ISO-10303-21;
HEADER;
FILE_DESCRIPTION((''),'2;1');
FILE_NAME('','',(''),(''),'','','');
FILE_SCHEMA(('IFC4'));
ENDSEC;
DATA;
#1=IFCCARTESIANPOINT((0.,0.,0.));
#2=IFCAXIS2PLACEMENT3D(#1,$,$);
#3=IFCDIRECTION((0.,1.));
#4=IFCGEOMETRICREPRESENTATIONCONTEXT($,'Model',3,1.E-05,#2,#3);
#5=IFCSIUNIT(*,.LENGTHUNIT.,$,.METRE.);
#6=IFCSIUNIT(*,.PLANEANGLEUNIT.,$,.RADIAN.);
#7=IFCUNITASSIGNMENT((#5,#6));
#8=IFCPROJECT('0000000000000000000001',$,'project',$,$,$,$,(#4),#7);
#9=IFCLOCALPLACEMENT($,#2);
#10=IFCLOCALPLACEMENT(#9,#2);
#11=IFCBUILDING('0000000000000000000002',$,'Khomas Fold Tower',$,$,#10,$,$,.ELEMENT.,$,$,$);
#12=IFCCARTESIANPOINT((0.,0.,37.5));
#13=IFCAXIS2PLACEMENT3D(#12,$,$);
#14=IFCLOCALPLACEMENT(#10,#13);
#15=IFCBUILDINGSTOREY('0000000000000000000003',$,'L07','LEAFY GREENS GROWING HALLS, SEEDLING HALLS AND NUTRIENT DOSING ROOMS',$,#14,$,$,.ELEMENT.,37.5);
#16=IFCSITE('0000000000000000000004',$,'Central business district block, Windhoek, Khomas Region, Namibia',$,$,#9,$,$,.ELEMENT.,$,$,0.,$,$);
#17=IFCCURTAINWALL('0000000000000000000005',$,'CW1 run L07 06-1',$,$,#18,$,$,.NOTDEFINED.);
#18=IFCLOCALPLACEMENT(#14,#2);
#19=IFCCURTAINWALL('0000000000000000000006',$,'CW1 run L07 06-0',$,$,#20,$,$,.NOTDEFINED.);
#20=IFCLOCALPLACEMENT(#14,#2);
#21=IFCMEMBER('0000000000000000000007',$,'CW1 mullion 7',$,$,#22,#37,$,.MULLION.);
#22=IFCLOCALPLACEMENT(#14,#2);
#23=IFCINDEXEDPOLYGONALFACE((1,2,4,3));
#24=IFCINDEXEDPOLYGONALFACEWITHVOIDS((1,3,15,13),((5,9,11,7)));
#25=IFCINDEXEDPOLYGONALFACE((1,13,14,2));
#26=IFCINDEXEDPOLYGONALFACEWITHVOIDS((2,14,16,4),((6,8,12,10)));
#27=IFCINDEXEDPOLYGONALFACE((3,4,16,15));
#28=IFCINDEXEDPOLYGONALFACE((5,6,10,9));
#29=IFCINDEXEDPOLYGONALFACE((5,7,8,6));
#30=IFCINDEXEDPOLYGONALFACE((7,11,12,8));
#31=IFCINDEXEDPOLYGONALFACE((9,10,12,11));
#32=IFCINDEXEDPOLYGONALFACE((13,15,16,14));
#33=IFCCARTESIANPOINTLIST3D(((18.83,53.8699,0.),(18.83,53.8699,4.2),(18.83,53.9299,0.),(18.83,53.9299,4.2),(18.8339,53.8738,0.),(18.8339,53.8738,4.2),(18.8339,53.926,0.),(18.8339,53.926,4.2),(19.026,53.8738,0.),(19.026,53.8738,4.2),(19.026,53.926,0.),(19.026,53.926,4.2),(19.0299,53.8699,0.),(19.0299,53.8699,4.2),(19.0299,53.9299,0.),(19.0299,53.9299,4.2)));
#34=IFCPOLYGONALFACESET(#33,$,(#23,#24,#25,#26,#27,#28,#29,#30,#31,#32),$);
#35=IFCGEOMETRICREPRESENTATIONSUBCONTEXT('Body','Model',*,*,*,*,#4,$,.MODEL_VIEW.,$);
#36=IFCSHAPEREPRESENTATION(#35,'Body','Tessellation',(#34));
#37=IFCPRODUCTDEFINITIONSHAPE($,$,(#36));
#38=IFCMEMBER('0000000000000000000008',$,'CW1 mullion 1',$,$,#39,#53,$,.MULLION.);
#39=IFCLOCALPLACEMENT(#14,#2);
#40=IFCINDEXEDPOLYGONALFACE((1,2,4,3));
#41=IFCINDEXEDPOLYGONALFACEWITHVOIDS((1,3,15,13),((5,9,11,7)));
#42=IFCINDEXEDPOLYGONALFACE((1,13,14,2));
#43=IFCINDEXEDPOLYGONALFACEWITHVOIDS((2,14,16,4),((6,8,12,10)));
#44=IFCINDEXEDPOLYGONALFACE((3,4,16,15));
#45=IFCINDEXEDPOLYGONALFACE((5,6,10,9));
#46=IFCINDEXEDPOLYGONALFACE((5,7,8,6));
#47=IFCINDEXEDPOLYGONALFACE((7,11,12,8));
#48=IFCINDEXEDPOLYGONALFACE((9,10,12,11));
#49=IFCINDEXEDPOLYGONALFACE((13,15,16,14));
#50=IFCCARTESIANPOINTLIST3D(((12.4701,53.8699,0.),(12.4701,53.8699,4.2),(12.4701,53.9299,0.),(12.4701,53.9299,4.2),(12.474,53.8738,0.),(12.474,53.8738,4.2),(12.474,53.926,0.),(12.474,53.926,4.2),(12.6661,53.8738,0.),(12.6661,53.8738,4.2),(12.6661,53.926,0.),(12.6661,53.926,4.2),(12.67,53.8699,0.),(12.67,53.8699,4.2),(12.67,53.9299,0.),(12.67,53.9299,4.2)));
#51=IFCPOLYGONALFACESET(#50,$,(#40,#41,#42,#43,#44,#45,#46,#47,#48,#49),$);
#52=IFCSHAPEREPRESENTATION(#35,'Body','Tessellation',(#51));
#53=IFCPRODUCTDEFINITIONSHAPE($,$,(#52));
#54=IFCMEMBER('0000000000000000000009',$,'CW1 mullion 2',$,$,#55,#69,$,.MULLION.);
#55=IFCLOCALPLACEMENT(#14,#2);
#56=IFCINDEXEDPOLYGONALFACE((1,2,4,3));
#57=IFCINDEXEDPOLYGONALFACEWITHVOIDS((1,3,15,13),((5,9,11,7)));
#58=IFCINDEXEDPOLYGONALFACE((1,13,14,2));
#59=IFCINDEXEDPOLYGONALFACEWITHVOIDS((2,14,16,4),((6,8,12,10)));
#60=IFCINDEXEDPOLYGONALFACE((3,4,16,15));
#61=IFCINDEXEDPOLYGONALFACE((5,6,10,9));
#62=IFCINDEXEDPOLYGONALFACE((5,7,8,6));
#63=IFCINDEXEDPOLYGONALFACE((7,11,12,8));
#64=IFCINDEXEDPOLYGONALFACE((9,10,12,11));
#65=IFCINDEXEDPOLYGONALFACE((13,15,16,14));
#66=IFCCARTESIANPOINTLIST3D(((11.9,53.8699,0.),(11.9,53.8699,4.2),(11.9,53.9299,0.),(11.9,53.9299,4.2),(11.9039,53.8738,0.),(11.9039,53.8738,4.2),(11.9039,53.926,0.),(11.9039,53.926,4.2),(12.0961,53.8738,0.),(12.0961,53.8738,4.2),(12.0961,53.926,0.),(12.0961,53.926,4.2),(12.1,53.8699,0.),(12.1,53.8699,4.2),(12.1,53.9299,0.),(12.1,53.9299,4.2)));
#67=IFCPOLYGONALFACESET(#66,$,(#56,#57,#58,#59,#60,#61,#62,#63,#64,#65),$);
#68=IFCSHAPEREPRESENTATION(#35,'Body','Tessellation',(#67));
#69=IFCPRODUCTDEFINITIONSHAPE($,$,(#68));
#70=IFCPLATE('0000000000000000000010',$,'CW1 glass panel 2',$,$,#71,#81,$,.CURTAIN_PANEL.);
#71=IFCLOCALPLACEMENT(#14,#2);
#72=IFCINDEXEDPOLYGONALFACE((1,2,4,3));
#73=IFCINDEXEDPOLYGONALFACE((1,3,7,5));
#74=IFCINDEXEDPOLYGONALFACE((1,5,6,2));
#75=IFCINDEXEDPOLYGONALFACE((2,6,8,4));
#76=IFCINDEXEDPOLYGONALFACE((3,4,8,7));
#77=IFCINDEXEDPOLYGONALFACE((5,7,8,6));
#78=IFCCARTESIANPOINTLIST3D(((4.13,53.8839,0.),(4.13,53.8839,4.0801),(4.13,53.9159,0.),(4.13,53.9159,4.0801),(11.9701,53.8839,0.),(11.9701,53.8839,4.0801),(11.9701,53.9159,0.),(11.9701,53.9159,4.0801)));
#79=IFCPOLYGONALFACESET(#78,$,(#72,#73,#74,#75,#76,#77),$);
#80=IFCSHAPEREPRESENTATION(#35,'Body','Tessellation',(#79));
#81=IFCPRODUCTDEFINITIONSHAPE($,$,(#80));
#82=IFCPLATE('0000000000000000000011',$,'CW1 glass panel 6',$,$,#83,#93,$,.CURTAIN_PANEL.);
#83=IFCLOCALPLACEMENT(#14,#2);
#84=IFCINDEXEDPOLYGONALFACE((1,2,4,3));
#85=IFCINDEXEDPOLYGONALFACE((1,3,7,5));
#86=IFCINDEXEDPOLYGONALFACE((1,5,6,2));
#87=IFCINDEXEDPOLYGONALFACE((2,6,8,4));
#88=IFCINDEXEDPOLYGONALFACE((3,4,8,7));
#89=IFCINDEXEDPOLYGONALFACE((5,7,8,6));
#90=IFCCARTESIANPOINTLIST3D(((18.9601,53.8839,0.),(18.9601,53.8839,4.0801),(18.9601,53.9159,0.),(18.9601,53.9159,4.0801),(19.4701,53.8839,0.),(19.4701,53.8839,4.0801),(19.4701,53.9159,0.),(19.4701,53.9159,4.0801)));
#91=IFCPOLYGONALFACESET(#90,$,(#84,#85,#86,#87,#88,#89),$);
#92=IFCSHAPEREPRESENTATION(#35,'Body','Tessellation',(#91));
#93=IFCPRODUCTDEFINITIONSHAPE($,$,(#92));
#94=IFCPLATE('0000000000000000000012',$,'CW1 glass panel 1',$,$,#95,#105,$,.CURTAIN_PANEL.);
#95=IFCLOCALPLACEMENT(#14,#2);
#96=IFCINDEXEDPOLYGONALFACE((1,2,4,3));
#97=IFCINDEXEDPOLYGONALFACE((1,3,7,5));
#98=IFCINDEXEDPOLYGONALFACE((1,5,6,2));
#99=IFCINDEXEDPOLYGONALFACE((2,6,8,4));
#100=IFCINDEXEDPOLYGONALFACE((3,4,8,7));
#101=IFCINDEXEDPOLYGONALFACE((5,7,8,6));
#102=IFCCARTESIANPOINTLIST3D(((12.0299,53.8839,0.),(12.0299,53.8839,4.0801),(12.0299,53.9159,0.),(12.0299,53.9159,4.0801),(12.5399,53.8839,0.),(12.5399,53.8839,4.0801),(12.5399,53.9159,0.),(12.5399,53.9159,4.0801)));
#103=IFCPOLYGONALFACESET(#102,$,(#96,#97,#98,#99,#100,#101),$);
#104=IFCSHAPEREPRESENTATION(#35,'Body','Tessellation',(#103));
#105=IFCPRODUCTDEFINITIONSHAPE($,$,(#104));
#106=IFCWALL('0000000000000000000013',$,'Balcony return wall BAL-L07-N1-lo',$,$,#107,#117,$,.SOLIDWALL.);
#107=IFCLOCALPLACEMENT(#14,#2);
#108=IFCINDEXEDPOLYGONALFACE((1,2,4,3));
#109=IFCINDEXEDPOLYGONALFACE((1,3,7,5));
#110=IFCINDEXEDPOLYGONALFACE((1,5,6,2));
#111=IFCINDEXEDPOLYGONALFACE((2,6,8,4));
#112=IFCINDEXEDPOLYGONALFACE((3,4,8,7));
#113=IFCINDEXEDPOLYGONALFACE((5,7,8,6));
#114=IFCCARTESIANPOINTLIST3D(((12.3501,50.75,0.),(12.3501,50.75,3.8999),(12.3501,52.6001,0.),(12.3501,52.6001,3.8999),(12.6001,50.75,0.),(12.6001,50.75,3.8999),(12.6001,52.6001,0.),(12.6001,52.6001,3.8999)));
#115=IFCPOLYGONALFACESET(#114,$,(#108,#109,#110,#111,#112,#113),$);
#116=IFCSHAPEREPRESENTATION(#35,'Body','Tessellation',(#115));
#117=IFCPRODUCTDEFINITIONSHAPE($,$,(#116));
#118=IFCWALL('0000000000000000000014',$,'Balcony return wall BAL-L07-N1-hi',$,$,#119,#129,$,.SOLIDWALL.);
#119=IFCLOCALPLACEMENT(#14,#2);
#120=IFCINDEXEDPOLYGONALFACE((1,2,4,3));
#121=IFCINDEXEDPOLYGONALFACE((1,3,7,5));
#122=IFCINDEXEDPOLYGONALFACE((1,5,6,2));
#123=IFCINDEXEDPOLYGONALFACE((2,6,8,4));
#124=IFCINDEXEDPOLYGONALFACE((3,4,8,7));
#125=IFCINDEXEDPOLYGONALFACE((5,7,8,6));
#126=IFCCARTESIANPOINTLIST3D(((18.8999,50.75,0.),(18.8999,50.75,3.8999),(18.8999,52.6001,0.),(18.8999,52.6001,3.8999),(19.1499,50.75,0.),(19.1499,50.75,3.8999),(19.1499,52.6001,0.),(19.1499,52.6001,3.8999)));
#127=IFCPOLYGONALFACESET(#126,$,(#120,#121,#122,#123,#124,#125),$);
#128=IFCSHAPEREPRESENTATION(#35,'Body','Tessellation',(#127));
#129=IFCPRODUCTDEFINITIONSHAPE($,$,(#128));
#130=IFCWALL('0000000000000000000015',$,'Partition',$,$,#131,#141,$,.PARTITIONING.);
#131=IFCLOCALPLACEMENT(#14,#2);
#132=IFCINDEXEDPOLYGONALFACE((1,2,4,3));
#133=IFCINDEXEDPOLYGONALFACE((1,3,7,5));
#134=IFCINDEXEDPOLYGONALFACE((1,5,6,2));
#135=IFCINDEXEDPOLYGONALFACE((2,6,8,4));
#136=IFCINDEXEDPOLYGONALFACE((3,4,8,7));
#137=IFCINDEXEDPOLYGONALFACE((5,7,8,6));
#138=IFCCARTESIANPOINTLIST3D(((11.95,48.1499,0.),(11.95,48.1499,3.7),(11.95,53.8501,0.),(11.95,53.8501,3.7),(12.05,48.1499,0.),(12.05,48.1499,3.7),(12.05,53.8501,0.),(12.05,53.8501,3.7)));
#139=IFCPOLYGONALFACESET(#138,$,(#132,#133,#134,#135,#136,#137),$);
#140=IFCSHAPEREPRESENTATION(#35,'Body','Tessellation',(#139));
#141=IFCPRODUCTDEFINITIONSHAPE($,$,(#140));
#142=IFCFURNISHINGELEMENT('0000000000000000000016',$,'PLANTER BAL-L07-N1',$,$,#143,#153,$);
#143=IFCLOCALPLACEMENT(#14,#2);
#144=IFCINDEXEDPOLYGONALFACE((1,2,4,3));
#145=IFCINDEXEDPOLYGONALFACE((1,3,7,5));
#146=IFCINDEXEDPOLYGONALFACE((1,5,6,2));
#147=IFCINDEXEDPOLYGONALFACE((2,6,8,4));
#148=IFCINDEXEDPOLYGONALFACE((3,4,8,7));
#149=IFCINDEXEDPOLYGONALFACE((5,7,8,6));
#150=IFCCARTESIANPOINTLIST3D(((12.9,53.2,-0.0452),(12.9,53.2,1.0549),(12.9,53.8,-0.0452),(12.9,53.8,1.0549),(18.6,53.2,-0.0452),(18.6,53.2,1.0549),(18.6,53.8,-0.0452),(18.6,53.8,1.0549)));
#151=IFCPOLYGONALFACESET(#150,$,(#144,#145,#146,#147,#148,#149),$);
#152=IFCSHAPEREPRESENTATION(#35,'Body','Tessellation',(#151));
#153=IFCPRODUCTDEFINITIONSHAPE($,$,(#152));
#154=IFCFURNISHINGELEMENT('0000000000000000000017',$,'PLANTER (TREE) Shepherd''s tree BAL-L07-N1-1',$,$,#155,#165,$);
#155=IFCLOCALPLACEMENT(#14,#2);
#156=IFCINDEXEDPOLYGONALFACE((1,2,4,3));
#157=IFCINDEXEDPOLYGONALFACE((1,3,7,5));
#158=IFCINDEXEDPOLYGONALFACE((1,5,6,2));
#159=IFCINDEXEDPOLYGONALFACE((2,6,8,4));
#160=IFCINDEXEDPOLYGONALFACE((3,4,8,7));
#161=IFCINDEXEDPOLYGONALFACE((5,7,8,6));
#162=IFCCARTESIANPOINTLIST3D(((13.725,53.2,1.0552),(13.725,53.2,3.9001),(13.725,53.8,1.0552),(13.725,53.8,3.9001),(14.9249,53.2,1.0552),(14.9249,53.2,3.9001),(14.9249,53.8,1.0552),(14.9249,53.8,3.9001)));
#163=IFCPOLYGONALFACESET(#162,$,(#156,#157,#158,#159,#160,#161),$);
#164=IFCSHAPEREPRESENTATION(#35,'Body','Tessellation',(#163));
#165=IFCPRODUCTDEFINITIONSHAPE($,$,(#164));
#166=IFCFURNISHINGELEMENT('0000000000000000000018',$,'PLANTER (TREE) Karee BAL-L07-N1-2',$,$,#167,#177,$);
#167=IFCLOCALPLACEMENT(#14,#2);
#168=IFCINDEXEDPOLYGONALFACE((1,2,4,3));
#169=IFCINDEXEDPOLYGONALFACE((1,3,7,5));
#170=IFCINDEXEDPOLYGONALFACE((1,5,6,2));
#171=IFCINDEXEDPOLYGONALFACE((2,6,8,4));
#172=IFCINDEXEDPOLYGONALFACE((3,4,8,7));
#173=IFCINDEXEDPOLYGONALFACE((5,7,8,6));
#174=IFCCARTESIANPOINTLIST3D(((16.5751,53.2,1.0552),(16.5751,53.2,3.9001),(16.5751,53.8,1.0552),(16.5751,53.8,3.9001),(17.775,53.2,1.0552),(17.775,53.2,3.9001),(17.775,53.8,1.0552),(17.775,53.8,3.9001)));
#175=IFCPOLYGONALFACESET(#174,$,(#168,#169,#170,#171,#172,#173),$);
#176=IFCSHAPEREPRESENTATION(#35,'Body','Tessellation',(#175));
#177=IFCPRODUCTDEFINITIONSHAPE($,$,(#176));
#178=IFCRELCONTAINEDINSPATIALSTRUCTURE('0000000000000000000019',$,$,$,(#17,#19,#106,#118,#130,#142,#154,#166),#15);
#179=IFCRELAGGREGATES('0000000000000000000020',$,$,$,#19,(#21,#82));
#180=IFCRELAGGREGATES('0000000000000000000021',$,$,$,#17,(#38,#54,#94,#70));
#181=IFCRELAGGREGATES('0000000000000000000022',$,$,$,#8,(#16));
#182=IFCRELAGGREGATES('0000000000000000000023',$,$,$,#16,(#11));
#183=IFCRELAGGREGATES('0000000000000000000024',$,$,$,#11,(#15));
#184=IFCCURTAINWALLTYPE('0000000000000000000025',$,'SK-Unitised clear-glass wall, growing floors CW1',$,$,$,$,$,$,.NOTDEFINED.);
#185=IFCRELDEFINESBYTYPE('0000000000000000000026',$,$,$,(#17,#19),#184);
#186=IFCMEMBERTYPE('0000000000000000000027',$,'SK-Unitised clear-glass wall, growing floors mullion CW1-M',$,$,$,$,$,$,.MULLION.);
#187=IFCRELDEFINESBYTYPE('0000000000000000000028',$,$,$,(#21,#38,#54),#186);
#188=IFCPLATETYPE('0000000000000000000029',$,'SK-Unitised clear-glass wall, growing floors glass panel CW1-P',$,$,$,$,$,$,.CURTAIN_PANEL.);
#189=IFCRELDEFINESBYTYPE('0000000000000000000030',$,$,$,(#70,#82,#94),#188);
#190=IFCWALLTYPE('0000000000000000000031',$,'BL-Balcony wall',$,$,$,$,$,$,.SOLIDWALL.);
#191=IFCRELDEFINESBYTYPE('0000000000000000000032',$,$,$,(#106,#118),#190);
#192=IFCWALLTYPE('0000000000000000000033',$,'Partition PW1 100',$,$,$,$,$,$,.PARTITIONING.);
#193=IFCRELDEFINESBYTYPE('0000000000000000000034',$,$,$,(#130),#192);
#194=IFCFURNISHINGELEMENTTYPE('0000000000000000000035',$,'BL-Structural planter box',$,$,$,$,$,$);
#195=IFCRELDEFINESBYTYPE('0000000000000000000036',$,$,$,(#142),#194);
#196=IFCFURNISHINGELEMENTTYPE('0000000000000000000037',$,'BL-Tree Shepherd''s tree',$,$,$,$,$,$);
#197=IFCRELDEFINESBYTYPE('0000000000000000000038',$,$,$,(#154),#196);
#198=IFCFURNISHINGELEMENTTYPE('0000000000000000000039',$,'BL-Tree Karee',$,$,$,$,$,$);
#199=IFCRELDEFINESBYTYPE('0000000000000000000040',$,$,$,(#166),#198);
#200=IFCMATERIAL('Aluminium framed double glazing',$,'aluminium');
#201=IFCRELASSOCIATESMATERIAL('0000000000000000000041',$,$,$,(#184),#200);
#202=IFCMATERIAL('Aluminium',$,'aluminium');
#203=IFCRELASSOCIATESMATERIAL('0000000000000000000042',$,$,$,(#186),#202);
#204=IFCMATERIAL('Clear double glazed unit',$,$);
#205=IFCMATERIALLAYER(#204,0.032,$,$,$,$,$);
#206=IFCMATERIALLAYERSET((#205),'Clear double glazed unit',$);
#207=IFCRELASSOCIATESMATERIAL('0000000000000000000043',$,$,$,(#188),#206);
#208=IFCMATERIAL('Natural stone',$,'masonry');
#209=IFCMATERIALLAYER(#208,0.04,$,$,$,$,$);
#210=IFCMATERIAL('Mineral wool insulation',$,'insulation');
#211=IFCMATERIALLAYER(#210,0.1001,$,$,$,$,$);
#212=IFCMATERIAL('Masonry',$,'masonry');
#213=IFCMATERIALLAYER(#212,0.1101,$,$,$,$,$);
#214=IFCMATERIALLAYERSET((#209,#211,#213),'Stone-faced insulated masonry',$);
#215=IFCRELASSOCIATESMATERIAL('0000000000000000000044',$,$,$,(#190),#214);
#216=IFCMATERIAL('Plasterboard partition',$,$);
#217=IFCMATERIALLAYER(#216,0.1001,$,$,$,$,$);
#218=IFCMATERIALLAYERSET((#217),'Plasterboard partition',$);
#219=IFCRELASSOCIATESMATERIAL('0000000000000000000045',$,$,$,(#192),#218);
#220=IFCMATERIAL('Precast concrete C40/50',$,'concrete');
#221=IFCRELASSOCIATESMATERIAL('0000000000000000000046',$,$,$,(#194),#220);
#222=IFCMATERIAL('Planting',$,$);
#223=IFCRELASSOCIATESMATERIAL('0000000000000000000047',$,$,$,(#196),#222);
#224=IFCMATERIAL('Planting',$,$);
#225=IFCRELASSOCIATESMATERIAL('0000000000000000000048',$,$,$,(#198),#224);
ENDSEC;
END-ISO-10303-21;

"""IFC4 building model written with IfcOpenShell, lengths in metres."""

from ifc_helpers import new_model, si_unit, direction, frame, frame_2d, origin, origin_2d, place, context, subcontext, project, spatial, rectangle, hollow_rectangle, extrude, source, transform, mapped, material, layer, layer_set, material_profile, profile_set, type_object, element, aggregate, save


model = new_model("IFC4")

# Units and contexts
model_context = context("Model", 3, precision=1e-05, world=origin(), true_north=direction((0.0, 1.0)))
body_context = subcontext(model_context, "Body", "Model", "MODEL_VIEW")
ifc_project = project(units=[si_unit("LENGTHUNIT", "METRE"), si_unit("PLANEANGLEUNIT", "RADIAN")], contexts=[model_context])

# Site, building, storey
site_placement = place(None, origin())
site = spatial("IfcSite", under=ifc_project, at=site_placement, Name="Central business district block, Windhoek, Khomas Region, Namibia", CompositionType="ELEMENT", RefElevation=0.0)
building_placement = place(site_placement, origin())
building = spatial("IfcBuilding", under=site, at=building_placement, Name="Khomas Fold Tower", CompositionType="ELEMENT")
storey_placement = place(building_placement, frame((0.0, 0.0, 37.5)))
storey = spatial("IfcBuildingStorey", under=building, at=storey_placement, Name="L07", Description="LEAFY GREENS GROWING HALLS, SEEDLING HALLS AND NUTRIENT DOSING ROOMS", CompositionType="ELEMENT", Elevation=37.5)

# Curtain walls
ifc_material_1 = material(Name="Aluminium framed double glazing", Category="aluminium")
curtain_wall_type = type_object("IfcCurtainWallType", Name="SK-Unitised clear-glass wall, growing floors CW1", PredefinedType="NOTDEFINED", material=ifc_material_1)
curtain_wall_1_placement = place(storey_placement, origin())
curtain_wall_1 = element("IfcCurtainWall", 1, at=curtain_wall_1_placement, inside=storey, type_object=curtain_wall_type, Name="CW1 run L07 06-1", PredefinedType="NOTDEFINED")
curtain_wall_2_placement = place(storey_placement, origin())
curtain_wall_2 = element("IfcCurtainWall", 2, at=curtain_wall_2_placement, inside=storey, type_object=curtain_wall_type, Name="CW1 run L07 06-0", PredefinedType="NOTDEFINED")

# Members
ifc_material_2 = material(Name="Aluminium", Category="aluminium")
ifc_material_profile_1 = material_profile(ifc_material_2, hollow_rectangle(XDim=0.0601, YDim=0.2, WallThickness=0.0039, at=origin_2d()), Name="SK-Unitised clear-glass wall, growing floors mullion CW1-M")
ifc_profile_set_1 = profile_set([ifc_material_profile_1], Name="Aluminium")
member_type_1 = type_object("IfcMemberType", Name="SK-Unitised clear-glass wall, growing floors mullion CW1-M", PredefinedType="MULLION", material=ifc_profile_set_1)
shared_shape_1 = source(origin(), body_context, "Body", "SweptSolid", [
    extrude(hollow_rectangle(XDim=0.0601, YDim=0.2, WallThickness=0.0039, at=origin_2d()), origin(), (0.0, 0.0, 1.0), 4.2),
])
member_1_placement = place(storey_placement, frame((18.9299, 53.8999, 0.0), z_axis=(0.0, 0.0, 1.0), x_axis=(0.0, -1.0, 0.0)))
member_1 = element("IfcMember", 3, at=member_1_placement, type_object=member_type_1, Name="CW1 mullion 7", PredefinedType="MULLION", context=body_context, shape_type="MappedRepresentation", body=[
    mapped(shared_shape_1, transform((0.0, 0.0, 0.0))),
])
member_2_placement = place(storey_placement, frame((12.5701, 53.8999, 0.0), z_axis=(0.0, 0.0, 1.0), x_axis=(0.0, -1.0, 0.0)))
member_2 = element("IfcMember", 4, at=member_2_placement, type_object=member_type_1, Name="CW1 mullion 1", PredefinedType="MULLION", context=body_context, shape_type="MappedRepresentation", body=[
    mapped(shared_shape_1, transform((0.0, 0.0, 0.0))),
])
member_3_placement = place(storey_placement, frame((12.0, 53.8999, 0.0), z_axis=(0.0, 0.0, 1.0), x_axis=(0.0, -1.0, 0.0)))
member_3 = element("IfcMember", 5, at=member_3_placement, type_object=member_type_1, Name="CW1 mullion 2", PredefinedType="MULLION", context=body_context, shape_type="MappedRepresentation", body=[
    mapped(shared_shape_1, transform((0.0, 0.0, 0.0))),
])

# Plates
ifc_material_3 = material(Name="Clear double glazed unit")
ifc_layer_1 = layer(ifc_material_3, 0.032)
ifc_layer_set_1 = layer_set([ifc_layer_1], Name="Clear double glazed unit")
plate_type = type_object("IfcPlateType", Name="SK-Unitised clear-glass wall, growing floors glass panel CW1-P", PredefinedType="CURTAIN_PANEL", material=ifc_layer_set_1)
shared_shape_2 = source(origin(), body_context, "Body", "SweptSolid", [
    extrude(rectangle(XDim=7.8401, YDim=0.032, at=origin_2d()), origin(), (0.0, 0.0, 1.0), 4.0801),
])
plate_1_placement = place(storey_placement, frame((8.05, 53.8999, 0.0), z_axis=(0.0, 0.0, 1.0), x_axis=(-1.0, 0.0, 0.0)))
plate_1 = element("IfcPlate", 6, at=plate_1_placement, type_object=plate_type, Name="CW1 glass panel 2", PredefinedType="CURTAIN_PANEL", context=body_context, shape_type="MappedRepresentation", body=[
    mapped(shared_shape_2, transform((0.0, 0.0, 0.0))),
])
shared_shape_3 = source(origin(), body_context, "Body", "SweptSolid", [
    extrude(rectangle(XDim=0.51, YDim=0.032, at=origin_2d()), origin(), (0.0, 0.0, 1.0), 4.0801),
])
plate_2_placement = place(storey_placement, frame((19.2151, 53.8999, 0.0), z_axis=(0.0, 0.0, 1.0), x_axis=(-1.0, 0.0, 0.0)))
plate_2 = element("IfcPlate", 7, at=plate_2_placement, type_object=plate_type, Name="CW1 glass panel 6", PredefinedType="CURTAIN_PANEL", context=body_context, shape_type="MappedRepresentation", body=[
    mapped(shared_shape_3, transform((0.0, 0.0, 0.0))),
])
aggregate(curtain_wall_2, [member_1, plate_2])
plate_3_placement = place(storey_placement, frame((12.2849, 53.8999, 0.0), z_axis=(0.0, 0.0, 1.0), x_axis=(-1.0, 0.0, 0.0)))
plate_3 = element("IfcPlate", 8, at=plate_3_placement, type_object=plate_type, Name="CW1 glass panel 1", PredefinedType="CURTAIN_PANEL", context=body_context, shape_type="MappedRepresentation", body=[
    mapped(shared_shape_3, transform((0.0, 0.0, 0.0))),
])
aggregate(curtain_wall_1, [member_2, member_3, plate_3, plate_1])

# Walls
ifc_material_4 = material(Name="Natural stone", Category="masonry")
ifc_layer_2 = layer(ifc_material_4, 0.04)
ifc_material_5 = material(Name="Mineral wool insulation", Category="insulation")
ifc_layer_3 = layer(ifc_material_5, 0.1001)
ifc_material_6 = material(Name="Masonry", Category="masonry")
ifc_layer_4 = layer(ifc_material_6, 0.1101)
ifc_layer_set_2 = layer_set([ifc_layer_2, ifc_layer_3, ifc_layer_4], Name="Stone-faced insulated masonry")
wall_type_1 = type_object("IfcWallType", Name="BL-Balcony wall", PredefinedType="SOLIDWALL", material=ifc_layer_set_2)
shared_shape_4 = source(origin(), body_context, "Body", "SweptSolid", [
    extrude(rectangle(XDim=1.8501, YDim=0.25, at=frame_2d((0.925, 0.0))), origin(), (0.0, 0.0, 1.0), 3.8999),
])
for number, where, z_axis, x_axis, name in (
    (9, (12.4751, 52.6001, 0.0), (0.0, 0.0, 1.0), (0.0, -1.0, 0.0), "Balcony return wall BAL-L07-N1-lo"),
    (10, (19.0249, 52.6001, 0.0), (0.0, 0.0, 1.0), (0.0, -1.0, 0.0), "Balcony return wall BAL-L07-N1-hi"),
):
    element("IfcWall", number, at=place(storey_placement, frame(where, z_axis=z_axis, x_axis=x_axis)), inside=storey, type_object=wall_type_1, Name=name, PredefinedType="SOLIDWALL", context=body_context, shape_type="MappedRepresentation", body=[
        mapped(shared_shape_4, transform((0.0, 0.0, 0.0))),
    ])

# Wall
ifc_material_7 = material(Name="Plasterboard partition")
ifc_layer_5 = layer(ifc_material_7, 0.1001)
ifc_layer_set_3 = layer_set([ifc_layer_5], Name="Plasterboard partition")
wall_type_2 = type_object("IfcWallType", Name="Partition PW1 100", PredefinedType="PARTITIONING", material=ifc_layer_set_3)
shared_shape_5 = source(origin(), body_context, "Body", "SweptSolid", [
    extrude(rectangle(XDim=5.7002, YDim=0.1001, at=frame_2d((2.8501, 0.0))), origin(), (0.0, 0.0, 1.0), 3.7),
])
wall_1_placement = place(storey_placement, frame((12.0, 48.1499, 0.0), z_axis=(0.0, 0.0, 1.0), x_axis=(0.0, 1.0, 0.0)))
element("IfcWall", 11, at=wall_1_placement, inside=storey, type_object=wall_type_2, Name="Partition", PredefinedType="PARTITIONING", context=body_context, shape_type="MappedRepresentation", body=[
    mapped(shared_shape_5, transform((0.0, 0.0, 0.0))),
])

# Furnishing elements
ifc_material_8 = material(Name="Precast concrete C40/50", Category="concrete")
furnishing_element_type_1 = type_object("IfcFurnishingElementType", Name="BL-Structural planter box", material=ifc_material_8)
shared_shape_6 = source(origin(), body_context, "Body", "SweptSolid", [
    extrude(rectangle(XDim=5.7, YDim=0.6001, at=origin_2d()), origin(), (0.0, 0.0, 1.0), 1.1001),
])
furnishing_1_placement = place(storey_placement, frame((15.75, 53.5, -0.0452), z_axis=(0.0, 0.0, 1.0), x_axis=(1.0, 0.0, 0.0)))
element("IfcFurnishingElement", 12, at=furnishing_1_placement, inside=storey, type_object=furnishing_element_type_1, Name="PLANTER BAL-L07-N1", context=body_context, shape_type="MappedRepresentation", body=[
    mapped(shared_shape_6, transform((0.0, 0.0, 0.0))),
])
ifc_material_9 = material(Name="Planting")
furnishing_element_type_2 = type_object("IfcFurnishingElementType", Name="BL-Tree Shepherd's tree", material=ifc_material_9)
shared_shape_7 = source(origin(), body_context, "Body", "SweptSolid", [
    extrude(rectangle(XDim=1.2, YDim=0.6001, at=origin_2d()), origin(), (0.0, 0.0, 1.0), 2.845),
])
furnishing_2_placement = place(storey_placement, frame((14.325, 53.5, 1.0552), z_axis=(0.0, 0.0, 1.0), x_axis=(1.0, 0.0, 0.0)))
element("IfcFurnishingElement", 13, at=furnishing_2_placement, inside=storey, type_object=furnishing_element_type_2, Name="PLANTER (TREE) Shepherd's tree BAL-L07-N1-1", context=body_context, shape_type="MappedRepresentation", body=[
    mapped(shared_shape_7, transform((0.0, 0.0, 0.0))),
])
ifc_material_10 = material(Name="Planting")
furnishing_element_type_3 = type_object("IfcFurnishingElementType", Name="BL-Tree Karee", material=ifc_material_10)
furnishing_3_placement = place(storey_placement, frame((17.175, 53.5, 1.0552), z_axis=(0.0, 0.0, 1.0), x_axis=(1.0, 0.0, 0.0)))
element("IfcFurnishingElement", 14, at=furnishing_3_placement, inside=storey, type_object=furnishing_element_type_3, Name="PLANTER (TREE) Karee BAL-L07-N1-2", context=body_context, shape_type="MappedRepresentation", body=[
    mapped(shared_shape_7, transform((0.0, 0.0, 0.0))),
])

save(model, "model.ifc")
